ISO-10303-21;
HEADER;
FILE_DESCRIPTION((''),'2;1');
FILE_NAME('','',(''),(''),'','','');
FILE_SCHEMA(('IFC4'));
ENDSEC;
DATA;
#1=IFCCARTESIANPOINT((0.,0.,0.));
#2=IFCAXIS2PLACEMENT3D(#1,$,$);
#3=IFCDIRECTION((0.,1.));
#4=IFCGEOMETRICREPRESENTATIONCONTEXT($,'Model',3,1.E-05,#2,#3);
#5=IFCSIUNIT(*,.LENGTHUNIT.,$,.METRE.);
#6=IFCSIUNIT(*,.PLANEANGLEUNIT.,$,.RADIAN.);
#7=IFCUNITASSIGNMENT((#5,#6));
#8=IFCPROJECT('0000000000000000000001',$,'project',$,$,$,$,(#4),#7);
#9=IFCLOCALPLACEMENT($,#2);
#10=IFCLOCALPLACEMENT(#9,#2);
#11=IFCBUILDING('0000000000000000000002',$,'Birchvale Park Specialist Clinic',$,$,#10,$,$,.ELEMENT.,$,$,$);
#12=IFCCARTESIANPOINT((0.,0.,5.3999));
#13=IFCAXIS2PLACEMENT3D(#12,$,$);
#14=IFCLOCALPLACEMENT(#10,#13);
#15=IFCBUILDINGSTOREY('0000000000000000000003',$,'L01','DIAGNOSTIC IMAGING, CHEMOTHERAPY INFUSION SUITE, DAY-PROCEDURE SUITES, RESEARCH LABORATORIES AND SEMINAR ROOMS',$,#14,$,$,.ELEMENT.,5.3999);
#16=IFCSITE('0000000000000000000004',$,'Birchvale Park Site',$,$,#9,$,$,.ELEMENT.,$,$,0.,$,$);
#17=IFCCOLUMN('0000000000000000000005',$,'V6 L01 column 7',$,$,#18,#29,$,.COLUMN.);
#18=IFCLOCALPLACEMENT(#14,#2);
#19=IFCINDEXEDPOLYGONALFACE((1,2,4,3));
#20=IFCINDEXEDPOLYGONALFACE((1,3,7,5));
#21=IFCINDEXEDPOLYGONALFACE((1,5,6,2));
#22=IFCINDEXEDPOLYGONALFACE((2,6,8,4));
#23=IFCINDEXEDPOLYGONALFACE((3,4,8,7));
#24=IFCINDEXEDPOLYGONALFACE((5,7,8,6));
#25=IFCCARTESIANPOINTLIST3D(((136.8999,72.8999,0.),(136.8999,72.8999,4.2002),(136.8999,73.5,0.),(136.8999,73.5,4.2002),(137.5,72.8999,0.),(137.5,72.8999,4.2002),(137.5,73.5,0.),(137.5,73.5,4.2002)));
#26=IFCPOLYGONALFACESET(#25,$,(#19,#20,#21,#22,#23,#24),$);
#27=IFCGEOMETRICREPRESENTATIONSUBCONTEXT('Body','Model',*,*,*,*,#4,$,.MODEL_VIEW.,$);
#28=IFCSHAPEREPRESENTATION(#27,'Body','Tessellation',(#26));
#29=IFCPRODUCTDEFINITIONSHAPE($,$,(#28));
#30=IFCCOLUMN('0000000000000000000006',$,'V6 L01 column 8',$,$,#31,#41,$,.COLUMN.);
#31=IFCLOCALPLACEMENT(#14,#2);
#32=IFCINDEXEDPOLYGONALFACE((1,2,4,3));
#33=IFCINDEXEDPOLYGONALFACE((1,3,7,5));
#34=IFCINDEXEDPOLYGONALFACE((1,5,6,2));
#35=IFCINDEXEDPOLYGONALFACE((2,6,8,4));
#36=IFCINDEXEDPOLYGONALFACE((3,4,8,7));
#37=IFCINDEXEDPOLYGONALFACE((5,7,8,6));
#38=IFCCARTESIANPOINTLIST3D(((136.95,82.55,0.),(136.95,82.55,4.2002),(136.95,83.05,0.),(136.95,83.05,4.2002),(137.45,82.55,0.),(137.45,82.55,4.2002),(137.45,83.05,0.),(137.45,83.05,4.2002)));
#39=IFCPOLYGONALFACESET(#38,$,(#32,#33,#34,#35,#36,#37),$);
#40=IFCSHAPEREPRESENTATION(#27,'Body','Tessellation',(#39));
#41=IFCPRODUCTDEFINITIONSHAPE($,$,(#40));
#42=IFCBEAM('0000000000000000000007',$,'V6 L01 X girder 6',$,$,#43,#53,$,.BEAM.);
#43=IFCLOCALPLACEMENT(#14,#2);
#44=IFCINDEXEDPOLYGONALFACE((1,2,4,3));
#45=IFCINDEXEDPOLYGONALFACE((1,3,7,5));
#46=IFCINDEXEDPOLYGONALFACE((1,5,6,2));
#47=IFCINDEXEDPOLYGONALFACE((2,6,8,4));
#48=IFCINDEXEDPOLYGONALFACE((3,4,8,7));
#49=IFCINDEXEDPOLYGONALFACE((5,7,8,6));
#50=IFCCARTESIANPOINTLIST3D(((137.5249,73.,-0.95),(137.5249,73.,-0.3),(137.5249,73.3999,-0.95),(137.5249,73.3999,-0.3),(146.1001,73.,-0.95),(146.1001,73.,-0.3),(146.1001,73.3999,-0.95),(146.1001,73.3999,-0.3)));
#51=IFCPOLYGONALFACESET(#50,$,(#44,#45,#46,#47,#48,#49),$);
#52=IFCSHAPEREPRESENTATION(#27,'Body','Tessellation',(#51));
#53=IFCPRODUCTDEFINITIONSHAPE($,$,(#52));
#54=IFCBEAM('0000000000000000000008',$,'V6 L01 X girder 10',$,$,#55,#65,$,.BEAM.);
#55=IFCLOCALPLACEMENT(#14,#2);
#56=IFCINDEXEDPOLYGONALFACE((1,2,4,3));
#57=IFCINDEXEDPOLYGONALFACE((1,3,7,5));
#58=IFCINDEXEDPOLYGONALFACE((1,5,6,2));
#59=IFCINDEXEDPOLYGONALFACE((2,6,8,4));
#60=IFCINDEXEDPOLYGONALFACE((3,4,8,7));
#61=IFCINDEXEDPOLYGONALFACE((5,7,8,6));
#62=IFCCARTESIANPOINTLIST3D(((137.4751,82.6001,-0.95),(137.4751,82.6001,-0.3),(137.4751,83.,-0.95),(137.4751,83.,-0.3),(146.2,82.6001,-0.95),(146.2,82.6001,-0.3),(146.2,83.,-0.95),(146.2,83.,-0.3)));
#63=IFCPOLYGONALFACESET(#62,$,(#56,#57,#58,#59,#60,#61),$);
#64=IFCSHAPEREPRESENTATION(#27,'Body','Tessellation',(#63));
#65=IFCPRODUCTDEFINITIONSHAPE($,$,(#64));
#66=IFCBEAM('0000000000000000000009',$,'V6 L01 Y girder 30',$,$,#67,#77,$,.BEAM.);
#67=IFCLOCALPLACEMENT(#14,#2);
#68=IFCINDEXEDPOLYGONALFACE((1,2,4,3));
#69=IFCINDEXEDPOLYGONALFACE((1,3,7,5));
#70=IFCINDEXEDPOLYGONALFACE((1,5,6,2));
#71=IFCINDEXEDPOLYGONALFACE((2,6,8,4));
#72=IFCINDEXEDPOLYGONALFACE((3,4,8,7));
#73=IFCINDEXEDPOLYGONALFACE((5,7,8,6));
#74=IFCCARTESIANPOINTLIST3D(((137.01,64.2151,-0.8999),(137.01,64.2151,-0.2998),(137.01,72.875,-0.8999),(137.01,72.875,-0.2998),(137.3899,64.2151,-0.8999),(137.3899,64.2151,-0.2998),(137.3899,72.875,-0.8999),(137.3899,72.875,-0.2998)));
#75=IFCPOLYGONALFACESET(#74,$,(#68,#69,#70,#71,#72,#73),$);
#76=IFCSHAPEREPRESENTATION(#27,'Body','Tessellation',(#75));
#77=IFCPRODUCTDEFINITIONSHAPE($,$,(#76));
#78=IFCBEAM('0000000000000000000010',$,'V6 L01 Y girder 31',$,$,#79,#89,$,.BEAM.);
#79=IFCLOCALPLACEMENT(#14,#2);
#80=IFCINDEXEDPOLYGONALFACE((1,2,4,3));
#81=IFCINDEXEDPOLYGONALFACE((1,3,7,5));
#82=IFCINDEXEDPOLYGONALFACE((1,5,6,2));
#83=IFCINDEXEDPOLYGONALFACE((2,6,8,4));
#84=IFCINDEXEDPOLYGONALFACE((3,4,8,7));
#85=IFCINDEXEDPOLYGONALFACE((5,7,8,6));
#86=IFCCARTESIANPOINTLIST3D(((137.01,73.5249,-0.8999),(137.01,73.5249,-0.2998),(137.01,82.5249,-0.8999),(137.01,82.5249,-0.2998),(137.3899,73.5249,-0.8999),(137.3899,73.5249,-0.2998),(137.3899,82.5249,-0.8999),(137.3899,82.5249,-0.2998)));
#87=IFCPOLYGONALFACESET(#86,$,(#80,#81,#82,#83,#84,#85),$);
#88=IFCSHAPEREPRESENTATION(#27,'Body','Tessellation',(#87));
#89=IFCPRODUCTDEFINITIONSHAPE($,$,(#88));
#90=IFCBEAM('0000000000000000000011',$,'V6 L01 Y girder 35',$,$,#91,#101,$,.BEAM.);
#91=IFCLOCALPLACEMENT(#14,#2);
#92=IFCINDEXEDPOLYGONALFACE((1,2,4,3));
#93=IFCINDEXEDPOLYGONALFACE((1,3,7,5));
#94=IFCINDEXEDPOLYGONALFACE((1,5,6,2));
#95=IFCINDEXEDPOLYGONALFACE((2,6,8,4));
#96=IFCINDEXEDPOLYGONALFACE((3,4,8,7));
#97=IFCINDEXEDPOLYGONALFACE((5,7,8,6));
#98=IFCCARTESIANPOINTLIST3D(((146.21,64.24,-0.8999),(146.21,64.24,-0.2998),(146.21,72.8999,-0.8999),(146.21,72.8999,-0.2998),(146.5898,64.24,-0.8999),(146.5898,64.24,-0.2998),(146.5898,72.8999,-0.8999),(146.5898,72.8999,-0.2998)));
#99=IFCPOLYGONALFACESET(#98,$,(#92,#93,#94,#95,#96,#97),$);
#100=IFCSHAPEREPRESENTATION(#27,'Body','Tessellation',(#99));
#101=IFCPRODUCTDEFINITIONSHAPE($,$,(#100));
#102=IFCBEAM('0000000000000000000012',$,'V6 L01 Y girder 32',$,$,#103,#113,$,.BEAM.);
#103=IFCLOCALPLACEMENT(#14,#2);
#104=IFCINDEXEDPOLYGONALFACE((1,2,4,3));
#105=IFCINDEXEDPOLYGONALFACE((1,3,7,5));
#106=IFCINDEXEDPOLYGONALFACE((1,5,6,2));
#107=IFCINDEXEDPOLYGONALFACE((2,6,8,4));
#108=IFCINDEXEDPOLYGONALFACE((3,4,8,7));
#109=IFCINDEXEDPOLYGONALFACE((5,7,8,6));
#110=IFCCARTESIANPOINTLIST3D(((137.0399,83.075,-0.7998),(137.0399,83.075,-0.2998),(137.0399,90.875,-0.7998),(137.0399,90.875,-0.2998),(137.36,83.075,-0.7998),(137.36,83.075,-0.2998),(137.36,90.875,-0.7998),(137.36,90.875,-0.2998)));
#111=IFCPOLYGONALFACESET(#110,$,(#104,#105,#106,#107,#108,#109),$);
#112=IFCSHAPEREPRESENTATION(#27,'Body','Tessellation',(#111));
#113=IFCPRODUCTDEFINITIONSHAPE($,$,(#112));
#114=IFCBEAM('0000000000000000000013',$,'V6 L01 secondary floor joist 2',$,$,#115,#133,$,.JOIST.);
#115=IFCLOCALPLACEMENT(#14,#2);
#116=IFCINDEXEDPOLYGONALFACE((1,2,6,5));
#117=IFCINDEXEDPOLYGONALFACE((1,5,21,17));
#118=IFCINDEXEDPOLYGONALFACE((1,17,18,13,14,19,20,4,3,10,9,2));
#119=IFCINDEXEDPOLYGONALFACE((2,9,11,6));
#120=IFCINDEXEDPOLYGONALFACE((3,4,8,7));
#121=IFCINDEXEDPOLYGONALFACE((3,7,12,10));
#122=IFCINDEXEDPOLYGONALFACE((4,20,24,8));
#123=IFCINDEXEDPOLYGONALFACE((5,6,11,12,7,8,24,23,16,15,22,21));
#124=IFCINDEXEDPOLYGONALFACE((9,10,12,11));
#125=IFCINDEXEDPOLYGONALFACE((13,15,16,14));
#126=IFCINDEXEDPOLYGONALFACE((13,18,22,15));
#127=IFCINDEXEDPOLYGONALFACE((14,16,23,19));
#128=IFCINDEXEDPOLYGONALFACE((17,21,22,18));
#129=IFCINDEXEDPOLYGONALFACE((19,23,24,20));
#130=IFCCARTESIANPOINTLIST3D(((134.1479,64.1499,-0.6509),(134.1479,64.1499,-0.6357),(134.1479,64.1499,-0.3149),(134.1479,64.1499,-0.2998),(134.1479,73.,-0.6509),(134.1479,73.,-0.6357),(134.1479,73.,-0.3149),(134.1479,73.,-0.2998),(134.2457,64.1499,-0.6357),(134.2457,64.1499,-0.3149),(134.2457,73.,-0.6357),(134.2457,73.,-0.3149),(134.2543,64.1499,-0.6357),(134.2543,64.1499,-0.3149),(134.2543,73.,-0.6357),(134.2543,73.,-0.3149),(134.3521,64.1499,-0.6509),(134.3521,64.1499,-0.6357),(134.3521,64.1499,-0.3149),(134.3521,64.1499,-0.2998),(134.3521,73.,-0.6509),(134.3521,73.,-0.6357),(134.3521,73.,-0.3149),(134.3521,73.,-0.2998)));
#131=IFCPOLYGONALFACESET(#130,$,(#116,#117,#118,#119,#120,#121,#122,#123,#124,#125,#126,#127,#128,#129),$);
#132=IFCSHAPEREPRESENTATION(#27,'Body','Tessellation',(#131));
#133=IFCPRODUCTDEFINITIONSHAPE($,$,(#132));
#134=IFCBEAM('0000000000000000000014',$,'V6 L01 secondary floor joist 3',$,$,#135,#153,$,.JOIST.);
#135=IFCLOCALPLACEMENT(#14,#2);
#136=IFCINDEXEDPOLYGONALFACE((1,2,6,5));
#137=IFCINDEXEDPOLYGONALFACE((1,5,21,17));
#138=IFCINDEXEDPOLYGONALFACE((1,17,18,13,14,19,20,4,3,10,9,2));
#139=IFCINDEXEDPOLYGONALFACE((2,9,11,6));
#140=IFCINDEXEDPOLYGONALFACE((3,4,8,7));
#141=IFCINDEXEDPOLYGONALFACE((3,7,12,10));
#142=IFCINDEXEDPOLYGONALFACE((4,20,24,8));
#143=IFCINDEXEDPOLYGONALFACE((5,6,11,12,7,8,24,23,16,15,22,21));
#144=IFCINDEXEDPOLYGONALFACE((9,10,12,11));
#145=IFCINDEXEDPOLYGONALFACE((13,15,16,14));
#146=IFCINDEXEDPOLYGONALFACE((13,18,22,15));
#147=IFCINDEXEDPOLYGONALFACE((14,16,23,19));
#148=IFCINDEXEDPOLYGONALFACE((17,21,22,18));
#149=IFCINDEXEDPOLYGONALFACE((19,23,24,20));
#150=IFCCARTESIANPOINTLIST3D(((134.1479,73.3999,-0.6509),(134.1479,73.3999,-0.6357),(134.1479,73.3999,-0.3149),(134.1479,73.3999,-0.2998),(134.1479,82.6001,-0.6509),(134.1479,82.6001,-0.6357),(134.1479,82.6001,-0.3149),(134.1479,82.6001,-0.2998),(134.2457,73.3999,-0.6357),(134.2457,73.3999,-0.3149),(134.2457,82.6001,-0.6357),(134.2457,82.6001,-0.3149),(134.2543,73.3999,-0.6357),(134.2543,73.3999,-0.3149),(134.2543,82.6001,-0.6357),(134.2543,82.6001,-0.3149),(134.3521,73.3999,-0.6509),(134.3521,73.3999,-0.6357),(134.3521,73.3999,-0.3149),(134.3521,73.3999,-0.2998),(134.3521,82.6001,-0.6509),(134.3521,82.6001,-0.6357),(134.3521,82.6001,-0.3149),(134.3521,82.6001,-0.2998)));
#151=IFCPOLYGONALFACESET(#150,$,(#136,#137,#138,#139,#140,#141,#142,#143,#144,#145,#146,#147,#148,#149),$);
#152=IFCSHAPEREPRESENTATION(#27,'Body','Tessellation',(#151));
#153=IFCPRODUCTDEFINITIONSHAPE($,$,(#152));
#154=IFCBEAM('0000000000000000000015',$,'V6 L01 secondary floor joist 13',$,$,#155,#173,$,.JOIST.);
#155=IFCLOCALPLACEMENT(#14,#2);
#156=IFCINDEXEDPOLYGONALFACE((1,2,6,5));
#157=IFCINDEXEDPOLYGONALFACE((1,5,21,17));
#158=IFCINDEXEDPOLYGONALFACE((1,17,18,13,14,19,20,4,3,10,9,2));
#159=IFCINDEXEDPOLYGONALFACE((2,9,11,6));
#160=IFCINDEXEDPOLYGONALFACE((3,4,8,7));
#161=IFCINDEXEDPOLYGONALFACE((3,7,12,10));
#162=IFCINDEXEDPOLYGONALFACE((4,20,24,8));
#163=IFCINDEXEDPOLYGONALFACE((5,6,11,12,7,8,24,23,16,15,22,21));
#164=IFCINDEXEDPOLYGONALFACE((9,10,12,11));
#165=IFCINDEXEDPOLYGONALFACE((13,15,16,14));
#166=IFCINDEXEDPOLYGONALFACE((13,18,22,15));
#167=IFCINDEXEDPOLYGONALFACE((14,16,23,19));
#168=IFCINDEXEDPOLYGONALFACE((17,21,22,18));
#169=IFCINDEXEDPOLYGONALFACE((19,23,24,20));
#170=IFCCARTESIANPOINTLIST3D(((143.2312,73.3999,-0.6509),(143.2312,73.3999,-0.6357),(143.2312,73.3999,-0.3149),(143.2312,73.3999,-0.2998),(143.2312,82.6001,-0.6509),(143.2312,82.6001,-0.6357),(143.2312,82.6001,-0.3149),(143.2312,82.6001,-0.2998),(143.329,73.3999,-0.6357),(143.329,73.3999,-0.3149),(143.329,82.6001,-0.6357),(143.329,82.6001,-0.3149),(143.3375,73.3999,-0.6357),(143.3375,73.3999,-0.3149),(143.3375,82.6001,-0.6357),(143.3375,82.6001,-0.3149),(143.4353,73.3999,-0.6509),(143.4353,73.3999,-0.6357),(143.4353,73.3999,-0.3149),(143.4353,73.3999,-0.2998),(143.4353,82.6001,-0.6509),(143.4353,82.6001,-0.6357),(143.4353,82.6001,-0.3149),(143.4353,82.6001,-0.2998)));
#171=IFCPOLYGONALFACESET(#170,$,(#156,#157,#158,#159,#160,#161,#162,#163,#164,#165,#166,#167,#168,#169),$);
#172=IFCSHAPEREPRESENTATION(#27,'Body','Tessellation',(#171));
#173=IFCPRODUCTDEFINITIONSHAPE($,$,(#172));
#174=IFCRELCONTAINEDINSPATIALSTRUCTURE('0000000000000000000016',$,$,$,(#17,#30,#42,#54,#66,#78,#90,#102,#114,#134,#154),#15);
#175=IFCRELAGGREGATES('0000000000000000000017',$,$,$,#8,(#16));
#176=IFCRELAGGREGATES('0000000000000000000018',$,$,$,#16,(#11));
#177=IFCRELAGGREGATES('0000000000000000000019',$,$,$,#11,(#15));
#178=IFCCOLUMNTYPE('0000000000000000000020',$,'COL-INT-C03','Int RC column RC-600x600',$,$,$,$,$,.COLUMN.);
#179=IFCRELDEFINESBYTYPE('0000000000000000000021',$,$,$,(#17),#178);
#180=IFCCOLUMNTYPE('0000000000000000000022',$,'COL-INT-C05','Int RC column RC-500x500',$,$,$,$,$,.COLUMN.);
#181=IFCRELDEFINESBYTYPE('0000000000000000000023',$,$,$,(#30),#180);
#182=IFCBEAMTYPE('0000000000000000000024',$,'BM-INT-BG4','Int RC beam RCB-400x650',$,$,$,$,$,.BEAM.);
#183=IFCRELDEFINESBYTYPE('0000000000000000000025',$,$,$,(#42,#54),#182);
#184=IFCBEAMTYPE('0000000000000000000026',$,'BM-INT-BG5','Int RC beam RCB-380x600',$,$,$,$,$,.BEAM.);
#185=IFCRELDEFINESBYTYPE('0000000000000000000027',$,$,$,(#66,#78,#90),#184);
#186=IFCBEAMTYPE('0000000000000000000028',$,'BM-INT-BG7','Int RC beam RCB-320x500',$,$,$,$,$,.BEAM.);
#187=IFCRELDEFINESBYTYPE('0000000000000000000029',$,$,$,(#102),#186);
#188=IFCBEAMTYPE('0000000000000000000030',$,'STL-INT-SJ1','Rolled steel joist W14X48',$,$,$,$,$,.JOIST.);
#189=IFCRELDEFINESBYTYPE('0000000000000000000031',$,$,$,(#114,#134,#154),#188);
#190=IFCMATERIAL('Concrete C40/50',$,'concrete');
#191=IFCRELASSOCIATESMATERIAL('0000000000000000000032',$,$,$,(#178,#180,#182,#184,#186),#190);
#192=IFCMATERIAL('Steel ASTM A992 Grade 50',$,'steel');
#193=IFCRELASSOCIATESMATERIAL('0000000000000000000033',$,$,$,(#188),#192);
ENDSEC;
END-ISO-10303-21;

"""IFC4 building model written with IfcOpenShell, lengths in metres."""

from ifc_helpers import new_model, si_unit, direction, frame, origin, origin_2d, place, context, subcontext, project, spatial, rectangle, i_section, extrude, material, material_profile, profile_set, type_object, element, save


model = new_model("IFC4")

# Units and contexts
model_context = context("Model", 3, precision=1e-05, world=origin(), true_north=direction((0.0, 1.0)))
body_context = subcontext(model_context, "Body", "Model", "MODEL_VIEW")
ifc_project = project(units=[si_unit("LENGTHUNIT", "METRE"), si_unit("PLANEANGLEUNIT", "RADIAN")], contexts=[model_context])

# Site, building, storey
site_placement = place(None, origin())
site = spatial("IfcSite", under=ifc_project, at=site_placement, Name="Birchvale Park Site", CompositionType="ELEMENT", RefElevation=0.0)
building_placement = place(site_placement, origin())
building = spatial("IfcBuilding", under=site, at=building_placement, Name="Birchvale Park Specialist Clinic", CompositionType="ELEMENT")
storey_placement = place(building_placement, frame((0.0, 0.0, 5.3999)))
storey = spatial("IfcBuildingStorey", under=building, at=storey_placement, Name="L01", Description="DIAGNOSTIC IMAGING, CHEMOTHERAPY INFUSION SUITE, DAY-PROCEDURE SUITES, RESEARCH LABORATORIES AND SEMINAR ROOMS", CompositionType="ELEMENT", Elevation=5.3999)

# Columns
ifc_material_1 = material(Name="Concrete C40/50", Category="concrete")
ifc_material_profile_1 = material_profile(ifc_material_1, rectangle(XDim=0.6001, YDim=0.6001, at=origin_2d()), Name="RC-600x600")
ifc_profile_set_1 = profile_set([ifc_material_profile_1], Name="Concrete C40/50")
column_type_1 = type_object("IfcColumnType", Name="COL-INT-C03", Description="Int RC column RC-600x600", PredefinedType="COLUMN", material=ifc_profile_set_1)
column_1_placement = place(storey_placement, frame((137.2, 73.2, 0.0), z_axis=(0.0, 0.0, 1.0), x_axis=(1.0, 0.0, 0.0)))
element("IfcColumn", 1, at=column_1_placement, inside=storey, type_object=column_type_1, Name="V6 L01 column 7", PredefinedType="COLUMN", context=body_context, shape_type="SweptSolid", body=[
    extrude(rectangle(XDim=0.6001, YDim=0.6001, at=origin_2d()), origin(), (0.0, 0.0, 1.0), 4.2002),
])
ifc_material_profile_2 = material_profile(ifc_material_1, rectangle(XDim=0.5, YDim=0.5, at=origin_2d()), Name="RC-500x500")
ifc_profile_set_2 = profile_set([ifc_material_profile_2], Name="Concrete C40/50")
column_type_2 = type_object("IfcColumnType", Name="COL-INT-C05", Description="Int RC column RC-500x500", PredefinedType="COLUMN", material=ifc_profile_set_2)
column_2_placement = place(storey_placement, frame((137.2, 82.8, 0.0), z_axis=(0.0, 0.0, 1.0), x_axis=(1.0, 0.0, 0.0)))
element("IfcColumn", 2, at=column_2_placement, inside=storey, type_object=column_type_2, Name="V6 L01 column 8", PredefinedType="COLUMN", context=body_context, shape_type="SweptSolid", body=[
    extrude(rectangle(XDim=0.5, YDim=0.5, at=origin_2d()), origin(), (0.0, 0.0, 1.0), 4.2002),
])

# Beams
ifc_material_profile_3 = material_profile(ifc_material_1, rectangle(XDim=0.3999, YDim=0.6499, at=origin_2d()), Name="RCB-400x650")
ifc_profile_set_3 = profile_set([ifc_material_profile_3], Name="Concrete C40/50")
beam_type_1 = type_object("IfcBeamType", Name="BM-INT-BG4", Description="Int RC beam RCB-400x650", PredefinedType="BEAM", material=ifc_profile_set_3)
beam_1_placement = place(storey_placement, frame((137.5249, 73.2, -0.625), z_axis=(1.0, 0.0, 0.0), x_axis=(0.0, 1.0, 0.0)))
element("IfcBeam", 3, at=beam_1_placement, inside=storey, type_object=beam_type_1, Name="V6 L01 X girder 6", PredefinedType="BEAM", context=body_context, shape_type="SweptSolid", body=[
    extrude(rectangle(XDim=0.3999, YDim=0.6499, at=origin_2d()), origin(), (0.0, 0.0, 1.0), 8.5752),
])
beam_2_placement = place(storey_placement, frame((137.4751, 82.8, -0.625), z_axis=(1.0, 0.0, 0.0), x_axis=(0.0, 1.0, 0.0)))
element("IfcBeam", 4, at=beam_2_placement, inside=storey, type_object=beam_type_1, Name="V6 L01 X girder 10", PredefinedType="BEAM", context=body_context, shape_type="SweptSolid", body=[
    extrude(rectangle(XDim=0.3999, YDim=0.6499, at=origin_2d()), origin(), (0.0, 0.0, 1.0), 8.7249),
])
ifc_material_profile_4 = material_profile(ifc_material_1, rectangle(XDim=0.3799, YDim=0.6001, at=origin_2d()), Name="RCB-380x600")
ifc_profile_set_4 = profile_set([ifc_material_profile_4], Name="Concrete C40/50")
beam_type_2 = type_object("IfcBeamType", Name="BM-INT-BG5", Description="Int RC beam RCB-380x600", PredefinedType="BEAM", material=ifc_profile_set_4)
beam_3_placement = place(storey_placement, frame((137.2, 64.2151, -0.5999), z_axis=(0.0, 1.0, 0.0), x_axis=(-1.0, 0.0, 0.0)))
element("IfcBeam", 5, at=beam_3_placement, inside=storey, type_object=beam_type_2, Name="V6 L01 Y girder 30", PredefinedType="BEAM", context=body_context, shape_type="SweptSolid", body=[
    extrude(rectangle(XDim=0.3799, YDim=0.6001, at=origin_2d()), origin(), (0.0, 0.0, 1.0), 8.6599),
])
beam_4_placement = place(storey_placement, frame((137.2, 73.5249, -0.5999), z_axis=(0.0, 1.0, 0.0), x_axis=(-1.0, 0.0, 0.0)))
element("IfcBeam", 6, at=beam_4_placement, inside=storey, type_object=beam_type_2, Name="V6 L01 Y girder 31", PredefinedType="BEAM", context=body_context, shape_type="SweptSolid", body=[
    extrude(rectangle(XDim=0.3799, YDim=0.6001, at=origin_2d()), origin(), (0.0, 0.0, 1.0), 9.0),
])
beam_5_placement = place(storey_placement, frame((146.3999, 64.24, -0.5999), z_axis=(0.0, 1.0, 0.0), x_axis=(-1.0, 0.0, 0.0)))
element("IfcBeam", 7, at=beam_5_placement, inside=storey, type_object=beam_type_2, Name="V6 L01 Y girder 35", PredefinedType="BEAM", context=body_context, shape_type="SweptSolid", body=[
    extrude(rectangle(XDim=0.3799, YDim=0.6001, at=origin_2d()), origin(), (0.0, 0.0, 1.0), 8.6599),
])
ifc_material_profile_5 = material_profile(ifc_material_1, rectangle(XDim=0.3201, YDim=0.5, at=origin_2d()), Name="RCB-320x500")
ifc_profile_set_5 = profile_set([ifc_material_profile_5], Name="Concrete C40/50")
beam_type_3 = type_object("IfcBeamType", Name="BM-INT-BG7", Description="Int RC beam RCB-320x500", PredefinedType="BEAM", material=ifc_profile_set_5)
beam_6_placement = place(storey_placement, frame((137.2, 83.075, -0.5498), z_axis=(0.0, 1.0, 0.0), x_axis=(-1.0, 0.0, 0.0)))
element("IfcBeam", 8, at=beam_6_placement, inside=storey, type_object=beam_type_3, Name="V6 L01 Y girder 32", PredefinedType="BEAM", context=body_context, shape_type="SweptSolid", body=[
    extrude(rectangle(XDim=0.3201, YDim=0.5, at=origin_2d()), origin(), (0.0, 0.0, 1.0), 7.8),
])
ifc_material_2 = material(Name="Steel ASTM A992 Grade 50", Category="steel")
ifc_material_profile_6 = material_profile(ifc_material_2, i_section(OverallWidth=0.2041, OverallDepth=0.3511, WebThickness=0.0085, FlangeThickness=0.0151, at=origin_2d()), Name="W14X48")
ifc_profile_set_6 = profile_set([ifc_material_profile_6], Name="Steel ASTM A992 Grade 50")
beam_type_4 = type_object("IfcBeamType", Name="STL-INT-SJ1", Description="Rolled steel joist W14X48", PredefinedType="JOIST", material=ifc_profile_set_6)
beam_7_placement = place(storey_placement, frame((134.25, 64.1499, -0.4753), z_axis=(0.0, 1.0, 0.0), x_axis=(-1.0, 0.0, 0.0)))
element("IfcBeam", 9, at=beam_7_placement, inside=storey, type_object=beam_type_4, Name="V6 L01 secondary floor joist 2", PredefinedType="JOIST", context=body_context, shape_type="SweptSolid", body=[
    extrude(i_section(OverallWidth=0.2041, OverallDepth=0.3511, WebThickness=0.0085, FlangeThickness=0.0151, at=origin_2d()), origin(), (0.0, 0.0, 1.0), 8.8501),
])
for number, where, z_axis, x_axis, name in (
    (10, (134.25, 73.3999, -0.4753), (0.0, 1.0, 0.0), (-1.0, 0.0, 0.0), "V6 L01 secondary floor joist 3"),
    (11, (143.3333, 73.3999, -0.4753), (0.0, 1.0, 0.0), (-1.0, 0.0, 0.0), "V6 L01 secondary floor joist 13"),
):
    element("IfcBeam", number, at=place(storey_placement, frame(where, z_axis=z_axis, x_axis=x_axis)), inside=storey, type_object=beam_type_4, Name=name, PredefinedType="JOIST", context=body_context, shape_type="SweptSolid", body=[
        extrude(i_section(OverallWidth=0.2041, OverallDepth=0.3511, WebThickness=0.0085, FlangeThickness=0.0151, at=origin_2d()), origin(), (0.0, 0.0, 1.0), 9.2002),
    ])

save(model, "model.ifc")
